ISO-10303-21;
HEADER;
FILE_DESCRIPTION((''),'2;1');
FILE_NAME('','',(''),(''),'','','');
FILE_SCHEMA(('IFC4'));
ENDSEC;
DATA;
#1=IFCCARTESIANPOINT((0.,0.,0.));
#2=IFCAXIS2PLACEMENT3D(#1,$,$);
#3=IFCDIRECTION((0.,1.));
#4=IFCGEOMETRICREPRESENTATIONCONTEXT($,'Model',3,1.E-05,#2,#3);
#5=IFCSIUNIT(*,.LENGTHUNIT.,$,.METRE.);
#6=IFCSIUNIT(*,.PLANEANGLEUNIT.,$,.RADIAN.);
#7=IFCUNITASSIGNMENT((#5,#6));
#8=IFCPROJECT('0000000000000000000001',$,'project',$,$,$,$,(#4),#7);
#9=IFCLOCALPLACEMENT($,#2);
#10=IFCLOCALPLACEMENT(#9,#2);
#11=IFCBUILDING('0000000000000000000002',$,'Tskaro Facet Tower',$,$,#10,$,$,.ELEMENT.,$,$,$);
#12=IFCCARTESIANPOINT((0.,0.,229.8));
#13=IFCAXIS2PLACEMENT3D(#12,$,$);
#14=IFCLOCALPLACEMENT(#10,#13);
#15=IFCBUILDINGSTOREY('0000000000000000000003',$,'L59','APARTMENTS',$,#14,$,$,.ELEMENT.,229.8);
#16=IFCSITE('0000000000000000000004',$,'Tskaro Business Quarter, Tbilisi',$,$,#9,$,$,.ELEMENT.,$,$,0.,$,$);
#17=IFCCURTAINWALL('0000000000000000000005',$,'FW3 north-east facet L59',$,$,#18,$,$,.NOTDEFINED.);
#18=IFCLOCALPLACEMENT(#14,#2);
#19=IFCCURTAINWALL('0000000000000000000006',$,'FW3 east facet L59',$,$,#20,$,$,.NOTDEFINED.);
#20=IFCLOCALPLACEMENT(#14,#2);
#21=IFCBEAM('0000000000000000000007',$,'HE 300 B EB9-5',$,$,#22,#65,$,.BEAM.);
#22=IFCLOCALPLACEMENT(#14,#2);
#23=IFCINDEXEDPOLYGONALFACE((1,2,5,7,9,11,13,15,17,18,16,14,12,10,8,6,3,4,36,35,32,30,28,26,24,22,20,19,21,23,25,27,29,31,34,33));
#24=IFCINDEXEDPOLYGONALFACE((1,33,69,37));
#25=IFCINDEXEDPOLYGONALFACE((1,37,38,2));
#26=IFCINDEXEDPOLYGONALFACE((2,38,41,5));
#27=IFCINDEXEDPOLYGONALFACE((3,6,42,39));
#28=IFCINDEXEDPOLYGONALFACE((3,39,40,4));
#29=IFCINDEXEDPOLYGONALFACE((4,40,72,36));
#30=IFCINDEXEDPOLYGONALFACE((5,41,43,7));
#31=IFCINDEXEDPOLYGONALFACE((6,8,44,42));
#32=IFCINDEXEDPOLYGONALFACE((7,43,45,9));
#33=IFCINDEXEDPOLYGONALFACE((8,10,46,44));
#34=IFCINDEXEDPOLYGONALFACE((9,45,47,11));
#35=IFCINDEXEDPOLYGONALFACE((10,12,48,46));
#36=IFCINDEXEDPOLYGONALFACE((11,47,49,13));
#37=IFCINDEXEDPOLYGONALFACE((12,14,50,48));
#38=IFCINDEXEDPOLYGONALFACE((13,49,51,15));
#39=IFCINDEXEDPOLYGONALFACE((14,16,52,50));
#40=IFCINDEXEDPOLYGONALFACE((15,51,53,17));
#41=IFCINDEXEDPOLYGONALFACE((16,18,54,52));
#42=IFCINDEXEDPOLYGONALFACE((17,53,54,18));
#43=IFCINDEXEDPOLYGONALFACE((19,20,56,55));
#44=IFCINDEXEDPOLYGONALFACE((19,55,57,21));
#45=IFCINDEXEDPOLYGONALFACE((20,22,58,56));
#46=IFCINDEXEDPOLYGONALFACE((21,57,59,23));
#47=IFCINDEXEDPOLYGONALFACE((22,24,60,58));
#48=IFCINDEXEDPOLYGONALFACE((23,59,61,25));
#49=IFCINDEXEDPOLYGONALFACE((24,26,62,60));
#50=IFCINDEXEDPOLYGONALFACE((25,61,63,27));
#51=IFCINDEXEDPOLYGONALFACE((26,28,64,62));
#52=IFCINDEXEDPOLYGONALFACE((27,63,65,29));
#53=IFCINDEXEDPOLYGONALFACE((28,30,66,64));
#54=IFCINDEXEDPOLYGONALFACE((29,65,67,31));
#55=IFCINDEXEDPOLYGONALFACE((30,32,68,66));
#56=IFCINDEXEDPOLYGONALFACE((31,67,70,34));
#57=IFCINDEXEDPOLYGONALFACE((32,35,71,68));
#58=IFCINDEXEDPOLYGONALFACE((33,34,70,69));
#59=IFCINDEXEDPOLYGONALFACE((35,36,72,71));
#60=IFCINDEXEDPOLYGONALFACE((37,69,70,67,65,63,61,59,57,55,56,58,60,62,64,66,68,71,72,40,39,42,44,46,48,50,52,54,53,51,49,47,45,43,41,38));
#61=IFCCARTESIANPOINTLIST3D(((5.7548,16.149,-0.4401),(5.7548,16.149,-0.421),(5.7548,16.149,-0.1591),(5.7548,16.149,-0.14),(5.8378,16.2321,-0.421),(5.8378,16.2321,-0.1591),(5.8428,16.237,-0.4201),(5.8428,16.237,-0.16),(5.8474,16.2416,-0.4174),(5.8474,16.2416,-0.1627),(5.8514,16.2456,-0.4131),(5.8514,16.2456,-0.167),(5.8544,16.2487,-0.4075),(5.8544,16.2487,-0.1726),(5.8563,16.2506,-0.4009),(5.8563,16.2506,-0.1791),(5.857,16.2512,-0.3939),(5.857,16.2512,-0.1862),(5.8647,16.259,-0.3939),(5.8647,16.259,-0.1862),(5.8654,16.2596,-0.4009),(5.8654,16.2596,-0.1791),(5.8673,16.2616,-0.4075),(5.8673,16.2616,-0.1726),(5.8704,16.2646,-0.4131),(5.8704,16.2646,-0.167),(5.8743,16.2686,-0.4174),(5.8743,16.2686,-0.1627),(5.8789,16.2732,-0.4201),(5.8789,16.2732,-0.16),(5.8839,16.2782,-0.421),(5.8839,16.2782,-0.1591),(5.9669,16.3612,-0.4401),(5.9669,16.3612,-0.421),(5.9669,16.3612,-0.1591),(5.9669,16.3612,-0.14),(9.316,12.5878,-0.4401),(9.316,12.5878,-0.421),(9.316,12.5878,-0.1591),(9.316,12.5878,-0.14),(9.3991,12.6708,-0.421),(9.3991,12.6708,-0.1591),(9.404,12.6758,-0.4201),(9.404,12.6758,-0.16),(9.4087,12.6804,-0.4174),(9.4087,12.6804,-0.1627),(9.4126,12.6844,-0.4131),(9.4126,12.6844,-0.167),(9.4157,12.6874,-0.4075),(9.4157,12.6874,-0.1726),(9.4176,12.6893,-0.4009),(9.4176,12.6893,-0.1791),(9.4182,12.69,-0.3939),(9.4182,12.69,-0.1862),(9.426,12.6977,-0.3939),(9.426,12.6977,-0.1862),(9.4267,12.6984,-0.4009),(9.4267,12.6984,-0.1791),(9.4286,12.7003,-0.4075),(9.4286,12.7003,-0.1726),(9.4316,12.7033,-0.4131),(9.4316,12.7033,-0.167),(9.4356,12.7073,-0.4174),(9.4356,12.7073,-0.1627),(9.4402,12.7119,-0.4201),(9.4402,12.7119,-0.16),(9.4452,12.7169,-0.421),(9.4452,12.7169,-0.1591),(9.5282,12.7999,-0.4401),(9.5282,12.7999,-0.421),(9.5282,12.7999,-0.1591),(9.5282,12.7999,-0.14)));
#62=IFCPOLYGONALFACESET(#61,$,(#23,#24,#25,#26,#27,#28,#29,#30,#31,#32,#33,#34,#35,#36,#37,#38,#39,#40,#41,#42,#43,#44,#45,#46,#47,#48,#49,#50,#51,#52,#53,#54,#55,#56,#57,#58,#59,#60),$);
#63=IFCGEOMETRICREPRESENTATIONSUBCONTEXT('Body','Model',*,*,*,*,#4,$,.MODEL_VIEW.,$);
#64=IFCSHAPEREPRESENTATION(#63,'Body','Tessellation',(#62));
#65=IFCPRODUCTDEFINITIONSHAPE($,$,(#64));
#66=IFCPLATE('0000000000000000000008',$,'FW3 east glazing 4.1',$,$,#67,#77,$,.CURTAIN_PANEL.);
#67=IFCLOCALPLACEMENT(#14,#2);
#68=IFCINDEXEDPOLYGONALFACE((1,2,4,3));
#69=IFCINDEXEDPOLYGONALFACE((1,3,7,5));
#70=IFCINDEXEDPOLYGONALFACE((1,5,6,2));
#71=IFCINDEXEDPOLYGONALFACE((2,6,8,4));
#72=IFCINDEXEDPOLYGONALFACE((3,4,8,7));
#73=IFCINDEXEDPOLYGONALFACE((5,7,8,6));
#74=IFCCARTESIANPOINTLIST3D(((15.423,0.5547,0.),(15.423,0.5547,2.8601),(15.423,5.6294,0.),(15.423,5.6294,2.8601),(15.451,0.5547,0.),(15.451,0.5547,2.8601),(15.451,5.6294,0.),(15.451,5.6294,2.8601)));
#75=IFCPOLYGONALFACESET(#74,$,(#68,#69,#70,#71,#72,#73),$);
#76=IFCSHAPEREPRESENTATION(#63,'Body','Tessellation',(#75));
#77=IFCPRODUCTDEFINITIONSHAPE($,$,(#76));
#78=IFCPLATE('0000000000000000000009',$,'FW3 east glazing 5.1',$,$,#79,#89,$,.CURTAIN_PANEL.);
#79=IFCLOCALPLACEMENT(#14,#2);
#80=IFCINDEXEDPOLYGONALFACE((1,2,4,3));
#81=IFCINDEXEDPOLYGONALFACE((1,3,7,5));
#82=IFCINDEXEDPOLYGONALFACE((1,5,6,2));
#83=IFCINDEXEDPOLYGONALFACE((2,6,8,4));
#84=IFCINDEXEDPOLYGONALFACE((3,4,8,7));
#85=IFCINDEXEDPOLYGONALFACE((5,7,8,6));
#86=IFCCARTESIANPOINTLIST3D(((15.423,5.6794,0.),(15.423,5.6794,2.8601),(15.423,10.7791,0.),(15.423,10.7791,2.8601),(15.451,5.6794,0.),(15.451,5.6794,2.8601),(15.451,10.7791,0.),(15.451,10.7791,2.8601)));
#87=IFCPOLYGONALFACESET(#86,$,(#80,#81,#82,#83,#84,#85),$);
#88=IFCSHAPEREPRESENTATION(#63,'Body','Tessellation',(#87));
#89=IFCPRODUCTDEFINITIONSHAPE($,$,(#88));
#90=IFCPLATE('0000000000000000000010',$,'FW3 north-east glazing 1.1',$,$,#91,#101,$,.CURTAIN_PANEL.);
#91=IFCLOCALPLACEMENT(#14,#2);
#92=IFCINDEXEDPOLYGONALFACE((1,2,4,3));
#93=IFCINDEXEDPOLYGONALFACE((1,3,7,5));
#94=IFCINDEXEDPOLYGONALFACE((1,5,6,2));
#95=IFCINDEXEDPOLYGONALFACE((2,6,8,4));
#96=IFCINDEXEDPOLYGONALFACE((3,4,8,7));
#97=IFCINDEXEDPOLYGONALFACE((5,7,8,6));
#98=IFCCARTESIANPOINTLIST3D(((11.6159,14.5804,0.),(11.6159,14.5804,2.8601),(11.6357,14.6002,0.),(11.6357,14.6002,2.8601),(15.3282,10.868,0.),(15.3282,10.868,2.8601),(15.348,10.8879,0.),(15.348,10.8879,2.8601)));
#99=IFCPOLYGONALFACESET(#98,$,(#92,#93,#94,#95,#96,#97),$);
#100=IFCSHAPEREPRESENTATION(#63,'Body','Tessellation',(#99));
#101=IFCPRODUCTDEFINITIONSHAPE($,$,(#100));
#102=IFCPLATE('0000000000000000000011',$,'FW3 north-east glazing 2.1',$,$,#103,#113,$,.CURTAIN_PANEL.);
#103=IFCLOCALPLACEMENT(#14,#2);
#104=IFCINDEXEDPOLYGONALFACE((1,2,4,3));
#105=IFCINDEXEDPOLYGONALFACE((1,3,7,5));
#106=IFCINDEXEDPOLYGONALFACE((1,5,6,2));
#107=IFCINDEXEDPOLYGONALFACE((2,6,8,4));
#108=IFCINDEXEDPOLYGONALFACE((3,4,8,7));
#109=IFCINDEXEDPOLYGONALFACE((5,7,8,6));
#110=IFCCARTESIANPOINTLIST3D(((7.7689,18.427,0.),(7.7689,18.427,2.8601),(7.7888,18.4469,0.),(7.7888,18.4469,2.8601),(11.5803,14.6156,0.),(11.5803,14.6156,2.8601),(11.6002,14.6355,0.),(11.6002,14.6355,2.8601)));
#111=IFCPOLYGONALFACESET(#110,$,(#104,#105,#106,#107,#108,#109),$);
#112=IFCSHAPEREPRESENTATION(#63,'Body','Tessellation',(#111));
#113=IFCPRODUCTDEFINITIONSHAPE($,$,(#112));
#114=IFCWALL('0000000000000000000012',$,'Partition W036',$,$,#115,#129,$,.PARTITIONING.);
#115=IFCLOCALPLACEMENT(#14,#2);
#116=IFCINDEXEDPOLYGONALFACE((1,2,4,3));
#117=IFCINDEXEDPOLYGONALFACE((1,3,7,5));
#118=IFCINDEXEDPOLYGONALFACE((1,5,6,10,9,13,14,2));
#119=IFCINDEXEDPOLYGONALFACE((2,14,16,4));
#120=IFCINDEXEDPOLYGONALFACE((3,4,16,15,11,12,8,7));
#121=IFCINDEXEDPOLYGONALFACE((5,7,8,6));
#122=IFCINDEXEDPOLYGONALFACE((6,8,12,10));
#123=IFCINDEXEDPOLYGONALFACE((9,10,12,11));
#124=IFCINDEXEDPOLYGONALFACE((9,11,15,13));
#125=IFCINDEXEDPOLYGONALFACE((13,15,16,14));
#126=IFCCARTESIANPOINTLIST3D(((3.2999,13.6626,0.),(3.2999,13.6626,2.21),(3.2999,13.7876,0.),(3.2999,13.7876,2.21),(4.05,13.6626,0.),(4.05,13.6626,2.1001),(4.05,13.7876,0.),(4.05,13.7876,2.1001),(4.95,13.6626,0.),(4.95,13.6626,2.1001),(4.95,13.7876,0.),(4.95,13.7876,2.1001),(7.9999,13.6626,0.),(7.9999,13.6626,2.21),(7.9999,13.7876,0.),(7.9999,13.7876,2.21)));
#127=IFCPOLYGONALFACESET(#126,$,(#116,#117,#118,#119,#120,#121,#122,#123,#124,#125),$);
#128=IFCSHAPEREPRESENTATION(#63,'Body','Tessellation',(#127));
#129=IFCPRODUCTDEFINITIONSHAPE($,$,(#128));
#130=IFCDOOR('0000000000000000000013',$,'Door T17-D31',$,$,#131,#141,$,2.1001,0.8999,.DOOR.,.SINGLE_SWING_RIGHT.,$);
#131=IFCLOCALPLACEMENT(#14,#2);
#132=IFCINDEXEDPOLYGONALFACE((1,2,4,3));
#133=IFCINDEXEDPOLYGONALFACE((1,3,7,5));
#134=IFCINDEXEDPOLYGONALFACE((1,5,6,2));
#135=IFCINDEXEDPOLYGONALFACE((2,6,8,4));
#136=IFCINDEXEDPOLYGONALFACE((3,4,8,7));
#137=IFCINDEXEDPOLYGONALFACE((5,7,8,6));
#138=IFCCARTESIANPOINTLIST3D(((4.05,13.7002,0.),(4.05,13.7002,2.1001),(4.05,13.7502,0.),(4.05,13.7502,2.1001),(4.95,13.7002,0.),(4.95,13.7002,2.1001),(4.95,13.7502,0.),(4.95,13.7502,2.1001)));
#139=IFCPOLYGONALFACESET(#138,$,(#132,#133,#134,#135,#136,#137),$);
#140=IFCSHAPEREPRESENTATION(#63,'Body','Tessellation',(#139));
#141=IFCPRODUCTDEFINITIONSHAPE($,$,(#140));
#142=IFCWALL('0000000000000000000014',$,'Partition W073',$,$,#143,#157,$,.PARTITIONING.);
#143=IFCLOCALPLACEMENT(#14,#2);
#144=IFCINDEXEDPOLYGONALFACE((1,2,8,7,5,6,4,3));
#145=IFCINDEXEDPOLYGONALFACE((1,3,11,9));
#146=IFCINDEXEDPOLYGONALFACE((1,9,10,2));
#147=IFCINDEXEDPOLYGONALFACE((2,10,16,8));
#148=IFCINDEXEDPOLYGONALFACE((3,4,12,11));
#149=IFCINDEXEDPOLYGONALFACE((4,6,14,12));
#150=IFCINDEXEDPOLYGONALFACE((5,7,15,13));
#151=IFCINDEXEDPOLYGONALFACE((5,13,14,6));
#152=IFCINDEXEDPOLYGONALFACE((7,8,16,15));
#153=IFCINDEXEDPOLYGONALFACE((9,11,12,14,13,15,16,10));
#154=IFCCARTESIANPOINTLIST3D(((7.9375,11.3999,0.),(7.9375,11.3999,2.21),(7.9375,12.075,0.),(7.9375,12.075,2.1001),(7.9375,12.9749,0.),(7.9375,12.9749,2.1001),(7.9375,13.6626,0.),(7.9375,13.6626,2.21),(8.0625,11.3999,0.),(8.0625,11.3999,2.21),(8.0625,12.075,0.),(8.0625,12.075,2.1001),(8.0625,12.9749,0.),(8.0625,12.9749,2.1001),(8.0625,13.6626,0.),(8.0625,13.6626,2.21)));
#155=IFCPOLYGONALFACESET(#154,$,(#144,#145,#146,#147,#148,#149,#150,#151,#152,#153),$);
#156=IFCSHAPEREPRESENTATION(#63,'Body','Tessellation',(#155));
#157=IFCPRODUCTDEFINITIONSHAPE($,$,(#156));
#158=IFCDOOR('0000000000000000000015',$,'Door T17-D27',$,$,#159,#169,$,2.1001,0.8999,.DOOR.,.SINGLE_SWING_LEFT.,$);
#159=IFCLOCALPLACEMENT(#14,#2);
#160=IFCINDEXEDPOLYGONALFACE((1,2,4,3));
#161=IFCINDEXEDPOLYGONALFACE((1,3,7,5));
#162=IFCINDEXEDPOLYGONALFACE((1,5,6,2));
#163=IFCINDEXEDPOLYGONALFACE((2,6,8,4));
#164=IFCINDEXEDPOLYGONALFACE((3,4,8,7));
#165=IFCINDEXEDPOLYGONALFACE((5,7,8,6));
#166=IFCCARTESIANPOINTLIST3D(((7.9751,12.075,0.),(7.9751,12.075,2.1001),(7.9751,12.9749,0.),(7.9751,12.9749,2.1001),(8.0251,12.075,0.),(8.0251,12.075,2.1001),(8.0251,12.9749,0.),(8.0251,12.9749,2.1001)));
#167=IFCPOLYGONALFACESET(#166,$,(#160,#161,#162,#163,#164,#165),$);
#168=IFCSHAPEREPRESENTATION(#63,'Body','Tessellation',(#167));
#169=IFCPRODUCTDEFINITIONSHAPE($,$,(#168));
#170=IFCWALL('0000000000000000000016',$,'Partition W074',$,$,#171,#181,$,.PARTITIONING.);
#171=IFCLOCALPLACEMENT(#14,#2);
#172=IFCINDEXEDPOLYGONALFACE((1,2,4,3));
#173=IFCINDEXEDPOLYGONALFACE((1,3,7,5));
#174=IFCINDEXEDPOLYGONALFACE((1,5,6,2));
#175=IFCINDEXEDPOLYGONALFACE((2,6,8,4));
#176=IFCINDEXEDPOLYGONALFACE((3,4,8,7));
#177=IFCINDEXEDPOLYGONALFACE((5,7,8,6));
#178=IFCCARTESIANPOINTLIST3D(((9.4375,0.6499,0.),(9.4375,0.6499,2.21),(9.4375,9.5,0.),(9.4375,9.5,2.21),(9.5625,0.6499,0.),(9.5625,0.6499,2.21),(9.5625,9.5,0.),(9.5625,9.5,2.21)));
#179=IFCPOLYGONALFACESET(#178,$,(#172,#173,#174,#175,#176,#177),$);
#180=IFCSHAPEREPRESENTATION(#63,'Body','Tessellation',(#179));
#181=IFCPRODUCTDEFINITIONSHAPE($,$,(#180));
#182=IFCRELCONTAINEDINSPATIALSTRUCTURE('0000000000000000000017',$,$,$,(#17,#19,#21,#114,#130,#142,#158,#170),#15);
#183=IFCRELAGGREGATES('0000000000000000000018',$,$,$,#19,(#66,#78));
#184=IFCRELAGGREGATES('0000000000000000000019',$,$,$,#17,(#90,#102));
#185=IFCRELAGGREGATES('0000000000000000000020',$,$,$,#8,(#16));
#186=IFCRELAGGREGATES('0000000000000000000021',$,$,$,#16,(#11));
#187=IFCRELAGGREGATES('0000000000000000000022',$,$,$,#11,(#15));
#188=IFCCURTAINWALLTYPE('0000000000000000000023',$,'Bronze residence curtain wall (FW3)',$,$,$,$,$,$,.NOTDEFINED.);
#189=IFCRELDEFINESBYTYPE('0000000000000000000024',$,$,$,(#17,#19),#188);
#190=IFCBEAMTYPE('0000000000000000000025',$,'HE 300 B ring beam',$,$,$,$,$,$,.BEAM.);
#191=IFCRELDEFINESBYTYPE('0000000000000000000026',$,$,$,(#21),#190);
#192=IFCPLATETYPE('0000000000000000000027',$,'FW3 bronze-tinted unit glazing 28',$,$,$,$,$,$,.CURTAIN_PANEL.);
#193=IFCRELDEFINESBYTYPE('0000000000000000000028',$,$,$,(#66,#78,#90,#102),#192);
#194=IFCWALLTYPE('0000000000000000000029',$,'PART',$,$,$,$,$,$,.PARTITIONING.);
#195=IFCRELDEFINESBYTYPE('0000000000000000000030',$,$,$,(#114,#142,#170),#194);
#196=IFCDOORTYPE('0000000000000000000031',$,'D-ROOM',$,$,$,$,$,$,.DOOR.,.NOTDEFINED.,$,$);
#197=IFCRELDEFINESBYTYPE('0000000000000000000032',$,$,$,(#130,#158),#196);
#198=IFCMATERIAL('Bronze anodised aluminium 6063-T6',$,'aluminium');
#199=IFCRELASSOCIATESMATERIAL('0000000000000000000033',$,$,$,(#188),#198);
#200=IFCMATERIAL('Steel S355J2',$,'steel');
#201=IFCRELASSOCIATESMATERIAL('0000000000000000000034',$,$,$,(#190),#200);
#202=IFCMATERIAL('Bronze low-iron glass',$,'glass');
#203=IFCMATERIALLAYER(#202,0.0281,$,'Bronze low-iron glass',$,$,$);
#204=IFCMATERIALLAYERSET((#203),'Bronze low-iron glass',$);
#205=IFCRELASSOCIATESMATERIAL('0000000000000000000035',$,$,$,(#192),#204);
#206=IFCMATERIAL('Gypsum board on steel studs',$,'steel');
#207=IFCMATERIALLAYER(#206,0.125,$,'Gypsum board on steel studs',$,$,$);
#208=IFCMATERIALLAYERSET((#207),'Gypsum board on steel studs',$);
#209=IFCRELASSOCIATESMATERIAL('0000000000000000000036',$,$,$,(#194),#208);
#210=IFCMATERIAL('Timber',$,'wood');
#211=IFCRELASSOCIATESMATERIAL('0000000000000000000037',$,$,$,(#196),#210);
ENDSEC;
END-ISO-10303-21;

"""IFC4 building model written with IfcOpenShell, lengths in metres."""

from ifc_helpers import new_model, si_unit, direction, frame, frame_2d, origin, origin_2d, place, context, subcontext, project, spatial, rectangle, i_section, extrude, material, layer, layer_set, material_profile, profile_set, type_object, element, fill, aggregate, save


model = new_model("IFC4")

# Units and contexts
model_context = context("Model", 3, precision=1e-05, world=origin(), true_north=direction((0.0, 1.0)))
body_context = subcontext(model_context, "Body", "Model", "MODEL_VIEW")
ifc_project = project(units=[si_unit("LENGTHUNIT", "METRE"), si_unit("PLANEANGLEUNIT", "RADIAN")], contexts=[model_context])

# Site, building, storey
site_placement = place(None, origin())
site = spatial("IfcSite", under=ifc_project, at=site_placement, Name="Tskaro Business Quarter, Tbilisi", CompositionType="ELEMENT", RefElevation=0.0)
building_placement = place(site_placement, origin())
building = spatial("IfcBuilding", under=site, at=building_placement, Name="Tskaro Facet Tower", CompositionType="ELEMENT")
storey_placement = place(building_placement, frame((0.0, 0.0, 229.8)))
storey = spatial("IfcBuildingStorey", under=building, at=storey_placement, Name="L59", Description="APARTMENTS", CompositionType="ELEMENT", Elevation=229.8)

# Shared definitions
ifc_material_1 = material(Name="Steel S355J2", Category="steel")

# Curtain wall
ifc_material_2 = material(Name="Bronze anodised aluminium 6063-T6", Category="aluminium")
curtain_wall_type = type_object("IfcCurtainWallType", Name="Bronze residence curtain wall (FW3)", PredefinedType="NOTDEFINED", material=ifc_material_2)
curtain_wall_1_placement = place(storey_placement, origin())
curtain_wall_1 = element("IfcCurtainWall", 1, at=curtain_wall_1_placement, inside=storey, type_object=curtain_wall_type, Name="FW3 north-east facet L59", PredefinedType="NOTDEFINED")

# Curtain wall
curtain_wall_2_placement = place(storey_placement, origin())
curtain_wall_2 = element("IfcCurtainWall", 2, at=curtain_wall_2_placement, inside=storey, type_object=curtain_wall_type, Name="FW3 east facet L59", PredefinedType="NOTDEFINED")

# Beam
ifc_material_profile_1 = material_profile(ifc_material_1, i_section(OverallWidth=0.3, OverallDepth=0.3, WebThickness=0.011, FlangeThickness=0.019, FilletRadius=0.0271, at=origin_2d()), Name="HE 300 B")
ifc_profile_set_1 = profile_set([ifc_material_profile_1], Name="Steel S355J2")
beam_type = type_object("IfcBeamType", Name="HE 300 B ring beam", PredefinedType="BEAM", material=ifc_profile_set_1)
for number, where, z_axis, x_axis, name in (
    (3, (9.4221, 12.6938, -0.29), (-0.707107, 0.707107, 0.0), (-0.707107, -0.707107, 0.0), "HE 300 B EB9-5"),
):
    element("IfcBeam", number, at=place(storey_placement, frame(where, z_axis=z_axis, x_axis=x_axis)), inside=storey, type_object=beam_type, Name=name, PredefinedType="BEAM", context=body_context, shape_type="SweptSolid", body=[
        extrude(i_section(OverallWidth=0.3, OverallDepth=0.3, WebThickness=0.011, FlangeThickness=0.019, FilletRadius=0.0271, at=origin_2d()), origin(), (0.0, 0.0, 1.0), 5.0364),
    ])

# Plates
ifc_material_3 = material(Name="Bronze low-iron glass", Category="glass")
ifc_layer_1 = layer(ifc_material_3, 0.0281, Name="Bronze low-iron glass")
ifc_layer_set_1 = layer_set([ifc_layer_1], Name="Bronze low-iron glass")
plate_type = type_object("IfcPlateType", Name="FW3 bronze-tinted unit glazing 28", PredefinedType="CURTAIN_PANEL", material=ifc_layer_set_1)
plate_1_placement = place(storey_placement, frame((15.437, 3.092, 0.0), z_axis=(0.0, 0.0, 1.0), x_axis=(0.0, 1.0, 0.0)))
plate_1 = element("IfcPlate", 4, at=plate_1_placement, type_object=plate_type, Name="FW3 east glazing 4.1", PredefinedType="CURTAIN_PANEL", context=body_context, shape_type="SweptSolid", body=[
    extrude(rectangle(XDim=5.0747, YDim=0.0281, at=origin_2d()), origin(), (0.0, 0.0, 1.0), 2.8601),
])
plate_2_placement = place(storey_placement, frame((15.437, 8.2292, 0.0), z_axis=(0.0, 0.0, 1.0), x_axis=(0.0, 1.0, 0.0)))
plate_2 = element("IfcPlate", 5, at=plate_2_placement, type_object=plate_type, Name="FW3 east glazing 5.1", PredefinedType="CURTAIN_PANEL", context=body_context, shape_type="SweptSolid", body=[
    extrude(rectangle(XDim=5.0996, YDim=0.0281, at=origin_2d()), origin(), (0.0, 0.0, 1.0), 2.8601),
])
aggregate(curtain_wall_2, [plate_1, plate_2])
plate_3_placement = place(storey_placement, frame((13.4819, 12.7341, 0.0), z_axis=(0.0, 0.0, 1.0), x_axis=(-0.707107, 0.707107, 0.0)))
plate_3 = element("IfcPlate", 6, at=plate_3_placement, type_object=plate_type, Name="FW3 north-east glazing 1.1", PredefinedType="CURTAIN_PANEL", context=body_context, shape_type="SweptSolid", body=[
    extrude(rectangle(XDim=5.25, YDim=0.0281, at=origin_2d()), origin(), (0.0, 0.0, 1.0), 2.8601),
])
plate_4_placement = place(storey_placement, frame((9.6846, 16.5312, 0.0), z_axis=(0.0, 0.0, 1.0), x_axis=(-0.707107, 0.707107, 0.0)))
plate_4 = element("IfcPlate", 7, at=plate_4_placement, type_object=plate_type, Name="FW3 north-east glazing 2.1", PredefinedType="CURTAIN_PANEL", context=body_context, shape_type="SweptSolid", body=[
    extrude(rectangle(XDim=5.3901, YDim=0.0281, at=origin_2d()), origin(), (0.0, 0.0, 1.0), 2.8601),
])
aggregate(curtain_wall_1, [plate_3, plate_4])

# Walls, openings, doors
ifc_material_4 = material(Name="Gypsum board on steel studs", Category="steel")
ifc_layer_2 = layer(ifc_material_4, 0.125, Name="Gypsum board on steel studs")
ifc_layer_set_2 = layer_set([ifc_layer_2], Name="Gypsum board on steel studs")
wall_type_1 = type_object("IfcWallType", Name="PART", PredefinedType="PARTITIONING", material=ifc_layer_set_2)
wall_1_placement = place(storey_placement, frame((8.0, 13.7251, 0.0), z_axis=(0.0, 0.0, 1.0), x_axis=(-1.0, 0.0, 0.0)))
wall_1 = element("IfcWall", 8, at=wall_1_placement, inside=storey, type_object=wall_type_1, Name="Partition W036", PredefinedType="PARTITIONING", context=body_context, shape_type="SweptSolid", body=[
    extrude(rectangle(XDim=4.7, YDim=0.125, at=frame_2d((2.3501, 0.0))), origin(), (0.0, 0.0, 1.0), 2.21),
])
opening_1_placement = place(wall_1_placement, frame((3.05, 0.0, 0.0)))
opening_1 = element("IfcOpeningElement", 9, at=opening_1_placement, cuts=wall_1, PredefinedType="OPENING", context=body_context, shape_type="SweptSolid", body=[
    extrude(rectangle(XDim=0.8999, YDim=2.1001, at=frame_2d((0.45, 1.05))), frame((0.0, 0.0725, 0.0), z_axis=(0.0, -1.0, 0.0), x_axis=(1.0, 0.0, 0.0)), (0.0, 0.0, 1.0), 0.145),
])
ifc_material_5 = material(Name="Timber", Category="wood")
door_type_1 = type_object("IfcDoorType", Name="D-ROOM", OperationType="NOTDEFINED", PredefinedType="DOOR", material=ifc_material_5)
door_1_placement = place(opening_1_placement, origin())
door_1 = element("IfcDoor", 10, at=door_1_placement, inside=storey, type_object=door_type_1, Name="Door T17-D31", OperationType="SINGLE_SWING_RIGHT", OverallHeight=2.1001, OverallWidth=0.8999, PredefinedType="DOOR", context=body_context, shape_type="SweptSolid", body=[
    extrude(rectangle(XDim=0.8999, YDim=2.1001, at=frame_2d((0.45, 1.05))), frame((0.0, 0.0249, 0.0), z_axis=(0.0, -1.0, 0.0), x_axis=(1.0, 0.0, 0.0)), (0.0, 0.0, 1.0), 0.05),
])
fill(opening_1, door_1)
wall_2_placement = place(storey_placement, frame((8.0, 11.3999, 0.0), z_axis=(0.0, 0.0, 1.0), x_axis=(0.0, 1.0, 0.0)))
wall_2 = element("IfcWall", 11, at=wall_2_placement, inside=storey, type_object=wall_type_1, Name="Partition W073", PredefinedType="PARTITIONING", context=body_context, shape_type="SweptSolid", body=[
    extrude(rectangle(XDim=2.2627, YDim=0.125, at=frame_2d((1.1313, 0.0))), origin(), (0.0, 0.0, 1.0), 2.21),
])
opening_2_placement = place(wall_2_placement, frame((0.675, 0.0, 0.0)))
opening_2 = element("IfcOpeningElement", 12, at=opening_2_placement, cuts=wall_2, PredefinedType="OPENING", context=body_context, shape_type="SweptSolid", body=[
    extrude(rectangle(XDim=0.8999, YDim=2.1001, at=frame_2d((0.45, 1.05))), frame((0.0, 0.0725, 0.0), z_axis=(0.0, -1.0, 0.0), x_axis=(1.0, 0.0, 0.0)), (0.0, 0.0, 1.0), 0.145),
])
door_2_placement = place(opening_2_placement, origin())
door_2 = element("IfcDoor", 13, at=door_2_placement, inside=storey, type_object=door_type_1, Name="Door T17-D27", OperationType="SINGLE_SWING_LEFT", OverallHeight=2.1001, OverallWidth=0.8999, PredefinedType="DOOR", context=body_context, shape_type="SweptSolid", body=[
    extrude(rectangle(XDim=0.8999, YDim=2.1001, at=frame_2d((0.45, 1.05))), frame((0.0, 0.0249, 0.0), z_axis=(0.0, -1.0, 0.0), x_axis=(1.0, 0.0, 0.0)), (0.0, 0.0, 1.0), 0.05),
])
fill(opening_2, door_2)

# Wall
wall_3_placement = place(storey_placement, frame((9.5, 0.6499, 0.0), z_axis=(0.0, 0.0, 1.0), x_axis=(0.0, 1.0, 0.0)))
element("IfcWall", 14, at=wall_3_placement, inside=storey, type_object=wall_type_1, Name="Partition W074", PredefinedType="PARTITIONING", context=body_context, shape_type="SweptSolid", body=[
    extrude(rectangle(XDim=8.8501, YDim=0.125, at=frame_2d((4.425, 0.0))), origin(), (0.0, 0.0, 1.0), 2.21),
])

save(model, "model.ifc")
